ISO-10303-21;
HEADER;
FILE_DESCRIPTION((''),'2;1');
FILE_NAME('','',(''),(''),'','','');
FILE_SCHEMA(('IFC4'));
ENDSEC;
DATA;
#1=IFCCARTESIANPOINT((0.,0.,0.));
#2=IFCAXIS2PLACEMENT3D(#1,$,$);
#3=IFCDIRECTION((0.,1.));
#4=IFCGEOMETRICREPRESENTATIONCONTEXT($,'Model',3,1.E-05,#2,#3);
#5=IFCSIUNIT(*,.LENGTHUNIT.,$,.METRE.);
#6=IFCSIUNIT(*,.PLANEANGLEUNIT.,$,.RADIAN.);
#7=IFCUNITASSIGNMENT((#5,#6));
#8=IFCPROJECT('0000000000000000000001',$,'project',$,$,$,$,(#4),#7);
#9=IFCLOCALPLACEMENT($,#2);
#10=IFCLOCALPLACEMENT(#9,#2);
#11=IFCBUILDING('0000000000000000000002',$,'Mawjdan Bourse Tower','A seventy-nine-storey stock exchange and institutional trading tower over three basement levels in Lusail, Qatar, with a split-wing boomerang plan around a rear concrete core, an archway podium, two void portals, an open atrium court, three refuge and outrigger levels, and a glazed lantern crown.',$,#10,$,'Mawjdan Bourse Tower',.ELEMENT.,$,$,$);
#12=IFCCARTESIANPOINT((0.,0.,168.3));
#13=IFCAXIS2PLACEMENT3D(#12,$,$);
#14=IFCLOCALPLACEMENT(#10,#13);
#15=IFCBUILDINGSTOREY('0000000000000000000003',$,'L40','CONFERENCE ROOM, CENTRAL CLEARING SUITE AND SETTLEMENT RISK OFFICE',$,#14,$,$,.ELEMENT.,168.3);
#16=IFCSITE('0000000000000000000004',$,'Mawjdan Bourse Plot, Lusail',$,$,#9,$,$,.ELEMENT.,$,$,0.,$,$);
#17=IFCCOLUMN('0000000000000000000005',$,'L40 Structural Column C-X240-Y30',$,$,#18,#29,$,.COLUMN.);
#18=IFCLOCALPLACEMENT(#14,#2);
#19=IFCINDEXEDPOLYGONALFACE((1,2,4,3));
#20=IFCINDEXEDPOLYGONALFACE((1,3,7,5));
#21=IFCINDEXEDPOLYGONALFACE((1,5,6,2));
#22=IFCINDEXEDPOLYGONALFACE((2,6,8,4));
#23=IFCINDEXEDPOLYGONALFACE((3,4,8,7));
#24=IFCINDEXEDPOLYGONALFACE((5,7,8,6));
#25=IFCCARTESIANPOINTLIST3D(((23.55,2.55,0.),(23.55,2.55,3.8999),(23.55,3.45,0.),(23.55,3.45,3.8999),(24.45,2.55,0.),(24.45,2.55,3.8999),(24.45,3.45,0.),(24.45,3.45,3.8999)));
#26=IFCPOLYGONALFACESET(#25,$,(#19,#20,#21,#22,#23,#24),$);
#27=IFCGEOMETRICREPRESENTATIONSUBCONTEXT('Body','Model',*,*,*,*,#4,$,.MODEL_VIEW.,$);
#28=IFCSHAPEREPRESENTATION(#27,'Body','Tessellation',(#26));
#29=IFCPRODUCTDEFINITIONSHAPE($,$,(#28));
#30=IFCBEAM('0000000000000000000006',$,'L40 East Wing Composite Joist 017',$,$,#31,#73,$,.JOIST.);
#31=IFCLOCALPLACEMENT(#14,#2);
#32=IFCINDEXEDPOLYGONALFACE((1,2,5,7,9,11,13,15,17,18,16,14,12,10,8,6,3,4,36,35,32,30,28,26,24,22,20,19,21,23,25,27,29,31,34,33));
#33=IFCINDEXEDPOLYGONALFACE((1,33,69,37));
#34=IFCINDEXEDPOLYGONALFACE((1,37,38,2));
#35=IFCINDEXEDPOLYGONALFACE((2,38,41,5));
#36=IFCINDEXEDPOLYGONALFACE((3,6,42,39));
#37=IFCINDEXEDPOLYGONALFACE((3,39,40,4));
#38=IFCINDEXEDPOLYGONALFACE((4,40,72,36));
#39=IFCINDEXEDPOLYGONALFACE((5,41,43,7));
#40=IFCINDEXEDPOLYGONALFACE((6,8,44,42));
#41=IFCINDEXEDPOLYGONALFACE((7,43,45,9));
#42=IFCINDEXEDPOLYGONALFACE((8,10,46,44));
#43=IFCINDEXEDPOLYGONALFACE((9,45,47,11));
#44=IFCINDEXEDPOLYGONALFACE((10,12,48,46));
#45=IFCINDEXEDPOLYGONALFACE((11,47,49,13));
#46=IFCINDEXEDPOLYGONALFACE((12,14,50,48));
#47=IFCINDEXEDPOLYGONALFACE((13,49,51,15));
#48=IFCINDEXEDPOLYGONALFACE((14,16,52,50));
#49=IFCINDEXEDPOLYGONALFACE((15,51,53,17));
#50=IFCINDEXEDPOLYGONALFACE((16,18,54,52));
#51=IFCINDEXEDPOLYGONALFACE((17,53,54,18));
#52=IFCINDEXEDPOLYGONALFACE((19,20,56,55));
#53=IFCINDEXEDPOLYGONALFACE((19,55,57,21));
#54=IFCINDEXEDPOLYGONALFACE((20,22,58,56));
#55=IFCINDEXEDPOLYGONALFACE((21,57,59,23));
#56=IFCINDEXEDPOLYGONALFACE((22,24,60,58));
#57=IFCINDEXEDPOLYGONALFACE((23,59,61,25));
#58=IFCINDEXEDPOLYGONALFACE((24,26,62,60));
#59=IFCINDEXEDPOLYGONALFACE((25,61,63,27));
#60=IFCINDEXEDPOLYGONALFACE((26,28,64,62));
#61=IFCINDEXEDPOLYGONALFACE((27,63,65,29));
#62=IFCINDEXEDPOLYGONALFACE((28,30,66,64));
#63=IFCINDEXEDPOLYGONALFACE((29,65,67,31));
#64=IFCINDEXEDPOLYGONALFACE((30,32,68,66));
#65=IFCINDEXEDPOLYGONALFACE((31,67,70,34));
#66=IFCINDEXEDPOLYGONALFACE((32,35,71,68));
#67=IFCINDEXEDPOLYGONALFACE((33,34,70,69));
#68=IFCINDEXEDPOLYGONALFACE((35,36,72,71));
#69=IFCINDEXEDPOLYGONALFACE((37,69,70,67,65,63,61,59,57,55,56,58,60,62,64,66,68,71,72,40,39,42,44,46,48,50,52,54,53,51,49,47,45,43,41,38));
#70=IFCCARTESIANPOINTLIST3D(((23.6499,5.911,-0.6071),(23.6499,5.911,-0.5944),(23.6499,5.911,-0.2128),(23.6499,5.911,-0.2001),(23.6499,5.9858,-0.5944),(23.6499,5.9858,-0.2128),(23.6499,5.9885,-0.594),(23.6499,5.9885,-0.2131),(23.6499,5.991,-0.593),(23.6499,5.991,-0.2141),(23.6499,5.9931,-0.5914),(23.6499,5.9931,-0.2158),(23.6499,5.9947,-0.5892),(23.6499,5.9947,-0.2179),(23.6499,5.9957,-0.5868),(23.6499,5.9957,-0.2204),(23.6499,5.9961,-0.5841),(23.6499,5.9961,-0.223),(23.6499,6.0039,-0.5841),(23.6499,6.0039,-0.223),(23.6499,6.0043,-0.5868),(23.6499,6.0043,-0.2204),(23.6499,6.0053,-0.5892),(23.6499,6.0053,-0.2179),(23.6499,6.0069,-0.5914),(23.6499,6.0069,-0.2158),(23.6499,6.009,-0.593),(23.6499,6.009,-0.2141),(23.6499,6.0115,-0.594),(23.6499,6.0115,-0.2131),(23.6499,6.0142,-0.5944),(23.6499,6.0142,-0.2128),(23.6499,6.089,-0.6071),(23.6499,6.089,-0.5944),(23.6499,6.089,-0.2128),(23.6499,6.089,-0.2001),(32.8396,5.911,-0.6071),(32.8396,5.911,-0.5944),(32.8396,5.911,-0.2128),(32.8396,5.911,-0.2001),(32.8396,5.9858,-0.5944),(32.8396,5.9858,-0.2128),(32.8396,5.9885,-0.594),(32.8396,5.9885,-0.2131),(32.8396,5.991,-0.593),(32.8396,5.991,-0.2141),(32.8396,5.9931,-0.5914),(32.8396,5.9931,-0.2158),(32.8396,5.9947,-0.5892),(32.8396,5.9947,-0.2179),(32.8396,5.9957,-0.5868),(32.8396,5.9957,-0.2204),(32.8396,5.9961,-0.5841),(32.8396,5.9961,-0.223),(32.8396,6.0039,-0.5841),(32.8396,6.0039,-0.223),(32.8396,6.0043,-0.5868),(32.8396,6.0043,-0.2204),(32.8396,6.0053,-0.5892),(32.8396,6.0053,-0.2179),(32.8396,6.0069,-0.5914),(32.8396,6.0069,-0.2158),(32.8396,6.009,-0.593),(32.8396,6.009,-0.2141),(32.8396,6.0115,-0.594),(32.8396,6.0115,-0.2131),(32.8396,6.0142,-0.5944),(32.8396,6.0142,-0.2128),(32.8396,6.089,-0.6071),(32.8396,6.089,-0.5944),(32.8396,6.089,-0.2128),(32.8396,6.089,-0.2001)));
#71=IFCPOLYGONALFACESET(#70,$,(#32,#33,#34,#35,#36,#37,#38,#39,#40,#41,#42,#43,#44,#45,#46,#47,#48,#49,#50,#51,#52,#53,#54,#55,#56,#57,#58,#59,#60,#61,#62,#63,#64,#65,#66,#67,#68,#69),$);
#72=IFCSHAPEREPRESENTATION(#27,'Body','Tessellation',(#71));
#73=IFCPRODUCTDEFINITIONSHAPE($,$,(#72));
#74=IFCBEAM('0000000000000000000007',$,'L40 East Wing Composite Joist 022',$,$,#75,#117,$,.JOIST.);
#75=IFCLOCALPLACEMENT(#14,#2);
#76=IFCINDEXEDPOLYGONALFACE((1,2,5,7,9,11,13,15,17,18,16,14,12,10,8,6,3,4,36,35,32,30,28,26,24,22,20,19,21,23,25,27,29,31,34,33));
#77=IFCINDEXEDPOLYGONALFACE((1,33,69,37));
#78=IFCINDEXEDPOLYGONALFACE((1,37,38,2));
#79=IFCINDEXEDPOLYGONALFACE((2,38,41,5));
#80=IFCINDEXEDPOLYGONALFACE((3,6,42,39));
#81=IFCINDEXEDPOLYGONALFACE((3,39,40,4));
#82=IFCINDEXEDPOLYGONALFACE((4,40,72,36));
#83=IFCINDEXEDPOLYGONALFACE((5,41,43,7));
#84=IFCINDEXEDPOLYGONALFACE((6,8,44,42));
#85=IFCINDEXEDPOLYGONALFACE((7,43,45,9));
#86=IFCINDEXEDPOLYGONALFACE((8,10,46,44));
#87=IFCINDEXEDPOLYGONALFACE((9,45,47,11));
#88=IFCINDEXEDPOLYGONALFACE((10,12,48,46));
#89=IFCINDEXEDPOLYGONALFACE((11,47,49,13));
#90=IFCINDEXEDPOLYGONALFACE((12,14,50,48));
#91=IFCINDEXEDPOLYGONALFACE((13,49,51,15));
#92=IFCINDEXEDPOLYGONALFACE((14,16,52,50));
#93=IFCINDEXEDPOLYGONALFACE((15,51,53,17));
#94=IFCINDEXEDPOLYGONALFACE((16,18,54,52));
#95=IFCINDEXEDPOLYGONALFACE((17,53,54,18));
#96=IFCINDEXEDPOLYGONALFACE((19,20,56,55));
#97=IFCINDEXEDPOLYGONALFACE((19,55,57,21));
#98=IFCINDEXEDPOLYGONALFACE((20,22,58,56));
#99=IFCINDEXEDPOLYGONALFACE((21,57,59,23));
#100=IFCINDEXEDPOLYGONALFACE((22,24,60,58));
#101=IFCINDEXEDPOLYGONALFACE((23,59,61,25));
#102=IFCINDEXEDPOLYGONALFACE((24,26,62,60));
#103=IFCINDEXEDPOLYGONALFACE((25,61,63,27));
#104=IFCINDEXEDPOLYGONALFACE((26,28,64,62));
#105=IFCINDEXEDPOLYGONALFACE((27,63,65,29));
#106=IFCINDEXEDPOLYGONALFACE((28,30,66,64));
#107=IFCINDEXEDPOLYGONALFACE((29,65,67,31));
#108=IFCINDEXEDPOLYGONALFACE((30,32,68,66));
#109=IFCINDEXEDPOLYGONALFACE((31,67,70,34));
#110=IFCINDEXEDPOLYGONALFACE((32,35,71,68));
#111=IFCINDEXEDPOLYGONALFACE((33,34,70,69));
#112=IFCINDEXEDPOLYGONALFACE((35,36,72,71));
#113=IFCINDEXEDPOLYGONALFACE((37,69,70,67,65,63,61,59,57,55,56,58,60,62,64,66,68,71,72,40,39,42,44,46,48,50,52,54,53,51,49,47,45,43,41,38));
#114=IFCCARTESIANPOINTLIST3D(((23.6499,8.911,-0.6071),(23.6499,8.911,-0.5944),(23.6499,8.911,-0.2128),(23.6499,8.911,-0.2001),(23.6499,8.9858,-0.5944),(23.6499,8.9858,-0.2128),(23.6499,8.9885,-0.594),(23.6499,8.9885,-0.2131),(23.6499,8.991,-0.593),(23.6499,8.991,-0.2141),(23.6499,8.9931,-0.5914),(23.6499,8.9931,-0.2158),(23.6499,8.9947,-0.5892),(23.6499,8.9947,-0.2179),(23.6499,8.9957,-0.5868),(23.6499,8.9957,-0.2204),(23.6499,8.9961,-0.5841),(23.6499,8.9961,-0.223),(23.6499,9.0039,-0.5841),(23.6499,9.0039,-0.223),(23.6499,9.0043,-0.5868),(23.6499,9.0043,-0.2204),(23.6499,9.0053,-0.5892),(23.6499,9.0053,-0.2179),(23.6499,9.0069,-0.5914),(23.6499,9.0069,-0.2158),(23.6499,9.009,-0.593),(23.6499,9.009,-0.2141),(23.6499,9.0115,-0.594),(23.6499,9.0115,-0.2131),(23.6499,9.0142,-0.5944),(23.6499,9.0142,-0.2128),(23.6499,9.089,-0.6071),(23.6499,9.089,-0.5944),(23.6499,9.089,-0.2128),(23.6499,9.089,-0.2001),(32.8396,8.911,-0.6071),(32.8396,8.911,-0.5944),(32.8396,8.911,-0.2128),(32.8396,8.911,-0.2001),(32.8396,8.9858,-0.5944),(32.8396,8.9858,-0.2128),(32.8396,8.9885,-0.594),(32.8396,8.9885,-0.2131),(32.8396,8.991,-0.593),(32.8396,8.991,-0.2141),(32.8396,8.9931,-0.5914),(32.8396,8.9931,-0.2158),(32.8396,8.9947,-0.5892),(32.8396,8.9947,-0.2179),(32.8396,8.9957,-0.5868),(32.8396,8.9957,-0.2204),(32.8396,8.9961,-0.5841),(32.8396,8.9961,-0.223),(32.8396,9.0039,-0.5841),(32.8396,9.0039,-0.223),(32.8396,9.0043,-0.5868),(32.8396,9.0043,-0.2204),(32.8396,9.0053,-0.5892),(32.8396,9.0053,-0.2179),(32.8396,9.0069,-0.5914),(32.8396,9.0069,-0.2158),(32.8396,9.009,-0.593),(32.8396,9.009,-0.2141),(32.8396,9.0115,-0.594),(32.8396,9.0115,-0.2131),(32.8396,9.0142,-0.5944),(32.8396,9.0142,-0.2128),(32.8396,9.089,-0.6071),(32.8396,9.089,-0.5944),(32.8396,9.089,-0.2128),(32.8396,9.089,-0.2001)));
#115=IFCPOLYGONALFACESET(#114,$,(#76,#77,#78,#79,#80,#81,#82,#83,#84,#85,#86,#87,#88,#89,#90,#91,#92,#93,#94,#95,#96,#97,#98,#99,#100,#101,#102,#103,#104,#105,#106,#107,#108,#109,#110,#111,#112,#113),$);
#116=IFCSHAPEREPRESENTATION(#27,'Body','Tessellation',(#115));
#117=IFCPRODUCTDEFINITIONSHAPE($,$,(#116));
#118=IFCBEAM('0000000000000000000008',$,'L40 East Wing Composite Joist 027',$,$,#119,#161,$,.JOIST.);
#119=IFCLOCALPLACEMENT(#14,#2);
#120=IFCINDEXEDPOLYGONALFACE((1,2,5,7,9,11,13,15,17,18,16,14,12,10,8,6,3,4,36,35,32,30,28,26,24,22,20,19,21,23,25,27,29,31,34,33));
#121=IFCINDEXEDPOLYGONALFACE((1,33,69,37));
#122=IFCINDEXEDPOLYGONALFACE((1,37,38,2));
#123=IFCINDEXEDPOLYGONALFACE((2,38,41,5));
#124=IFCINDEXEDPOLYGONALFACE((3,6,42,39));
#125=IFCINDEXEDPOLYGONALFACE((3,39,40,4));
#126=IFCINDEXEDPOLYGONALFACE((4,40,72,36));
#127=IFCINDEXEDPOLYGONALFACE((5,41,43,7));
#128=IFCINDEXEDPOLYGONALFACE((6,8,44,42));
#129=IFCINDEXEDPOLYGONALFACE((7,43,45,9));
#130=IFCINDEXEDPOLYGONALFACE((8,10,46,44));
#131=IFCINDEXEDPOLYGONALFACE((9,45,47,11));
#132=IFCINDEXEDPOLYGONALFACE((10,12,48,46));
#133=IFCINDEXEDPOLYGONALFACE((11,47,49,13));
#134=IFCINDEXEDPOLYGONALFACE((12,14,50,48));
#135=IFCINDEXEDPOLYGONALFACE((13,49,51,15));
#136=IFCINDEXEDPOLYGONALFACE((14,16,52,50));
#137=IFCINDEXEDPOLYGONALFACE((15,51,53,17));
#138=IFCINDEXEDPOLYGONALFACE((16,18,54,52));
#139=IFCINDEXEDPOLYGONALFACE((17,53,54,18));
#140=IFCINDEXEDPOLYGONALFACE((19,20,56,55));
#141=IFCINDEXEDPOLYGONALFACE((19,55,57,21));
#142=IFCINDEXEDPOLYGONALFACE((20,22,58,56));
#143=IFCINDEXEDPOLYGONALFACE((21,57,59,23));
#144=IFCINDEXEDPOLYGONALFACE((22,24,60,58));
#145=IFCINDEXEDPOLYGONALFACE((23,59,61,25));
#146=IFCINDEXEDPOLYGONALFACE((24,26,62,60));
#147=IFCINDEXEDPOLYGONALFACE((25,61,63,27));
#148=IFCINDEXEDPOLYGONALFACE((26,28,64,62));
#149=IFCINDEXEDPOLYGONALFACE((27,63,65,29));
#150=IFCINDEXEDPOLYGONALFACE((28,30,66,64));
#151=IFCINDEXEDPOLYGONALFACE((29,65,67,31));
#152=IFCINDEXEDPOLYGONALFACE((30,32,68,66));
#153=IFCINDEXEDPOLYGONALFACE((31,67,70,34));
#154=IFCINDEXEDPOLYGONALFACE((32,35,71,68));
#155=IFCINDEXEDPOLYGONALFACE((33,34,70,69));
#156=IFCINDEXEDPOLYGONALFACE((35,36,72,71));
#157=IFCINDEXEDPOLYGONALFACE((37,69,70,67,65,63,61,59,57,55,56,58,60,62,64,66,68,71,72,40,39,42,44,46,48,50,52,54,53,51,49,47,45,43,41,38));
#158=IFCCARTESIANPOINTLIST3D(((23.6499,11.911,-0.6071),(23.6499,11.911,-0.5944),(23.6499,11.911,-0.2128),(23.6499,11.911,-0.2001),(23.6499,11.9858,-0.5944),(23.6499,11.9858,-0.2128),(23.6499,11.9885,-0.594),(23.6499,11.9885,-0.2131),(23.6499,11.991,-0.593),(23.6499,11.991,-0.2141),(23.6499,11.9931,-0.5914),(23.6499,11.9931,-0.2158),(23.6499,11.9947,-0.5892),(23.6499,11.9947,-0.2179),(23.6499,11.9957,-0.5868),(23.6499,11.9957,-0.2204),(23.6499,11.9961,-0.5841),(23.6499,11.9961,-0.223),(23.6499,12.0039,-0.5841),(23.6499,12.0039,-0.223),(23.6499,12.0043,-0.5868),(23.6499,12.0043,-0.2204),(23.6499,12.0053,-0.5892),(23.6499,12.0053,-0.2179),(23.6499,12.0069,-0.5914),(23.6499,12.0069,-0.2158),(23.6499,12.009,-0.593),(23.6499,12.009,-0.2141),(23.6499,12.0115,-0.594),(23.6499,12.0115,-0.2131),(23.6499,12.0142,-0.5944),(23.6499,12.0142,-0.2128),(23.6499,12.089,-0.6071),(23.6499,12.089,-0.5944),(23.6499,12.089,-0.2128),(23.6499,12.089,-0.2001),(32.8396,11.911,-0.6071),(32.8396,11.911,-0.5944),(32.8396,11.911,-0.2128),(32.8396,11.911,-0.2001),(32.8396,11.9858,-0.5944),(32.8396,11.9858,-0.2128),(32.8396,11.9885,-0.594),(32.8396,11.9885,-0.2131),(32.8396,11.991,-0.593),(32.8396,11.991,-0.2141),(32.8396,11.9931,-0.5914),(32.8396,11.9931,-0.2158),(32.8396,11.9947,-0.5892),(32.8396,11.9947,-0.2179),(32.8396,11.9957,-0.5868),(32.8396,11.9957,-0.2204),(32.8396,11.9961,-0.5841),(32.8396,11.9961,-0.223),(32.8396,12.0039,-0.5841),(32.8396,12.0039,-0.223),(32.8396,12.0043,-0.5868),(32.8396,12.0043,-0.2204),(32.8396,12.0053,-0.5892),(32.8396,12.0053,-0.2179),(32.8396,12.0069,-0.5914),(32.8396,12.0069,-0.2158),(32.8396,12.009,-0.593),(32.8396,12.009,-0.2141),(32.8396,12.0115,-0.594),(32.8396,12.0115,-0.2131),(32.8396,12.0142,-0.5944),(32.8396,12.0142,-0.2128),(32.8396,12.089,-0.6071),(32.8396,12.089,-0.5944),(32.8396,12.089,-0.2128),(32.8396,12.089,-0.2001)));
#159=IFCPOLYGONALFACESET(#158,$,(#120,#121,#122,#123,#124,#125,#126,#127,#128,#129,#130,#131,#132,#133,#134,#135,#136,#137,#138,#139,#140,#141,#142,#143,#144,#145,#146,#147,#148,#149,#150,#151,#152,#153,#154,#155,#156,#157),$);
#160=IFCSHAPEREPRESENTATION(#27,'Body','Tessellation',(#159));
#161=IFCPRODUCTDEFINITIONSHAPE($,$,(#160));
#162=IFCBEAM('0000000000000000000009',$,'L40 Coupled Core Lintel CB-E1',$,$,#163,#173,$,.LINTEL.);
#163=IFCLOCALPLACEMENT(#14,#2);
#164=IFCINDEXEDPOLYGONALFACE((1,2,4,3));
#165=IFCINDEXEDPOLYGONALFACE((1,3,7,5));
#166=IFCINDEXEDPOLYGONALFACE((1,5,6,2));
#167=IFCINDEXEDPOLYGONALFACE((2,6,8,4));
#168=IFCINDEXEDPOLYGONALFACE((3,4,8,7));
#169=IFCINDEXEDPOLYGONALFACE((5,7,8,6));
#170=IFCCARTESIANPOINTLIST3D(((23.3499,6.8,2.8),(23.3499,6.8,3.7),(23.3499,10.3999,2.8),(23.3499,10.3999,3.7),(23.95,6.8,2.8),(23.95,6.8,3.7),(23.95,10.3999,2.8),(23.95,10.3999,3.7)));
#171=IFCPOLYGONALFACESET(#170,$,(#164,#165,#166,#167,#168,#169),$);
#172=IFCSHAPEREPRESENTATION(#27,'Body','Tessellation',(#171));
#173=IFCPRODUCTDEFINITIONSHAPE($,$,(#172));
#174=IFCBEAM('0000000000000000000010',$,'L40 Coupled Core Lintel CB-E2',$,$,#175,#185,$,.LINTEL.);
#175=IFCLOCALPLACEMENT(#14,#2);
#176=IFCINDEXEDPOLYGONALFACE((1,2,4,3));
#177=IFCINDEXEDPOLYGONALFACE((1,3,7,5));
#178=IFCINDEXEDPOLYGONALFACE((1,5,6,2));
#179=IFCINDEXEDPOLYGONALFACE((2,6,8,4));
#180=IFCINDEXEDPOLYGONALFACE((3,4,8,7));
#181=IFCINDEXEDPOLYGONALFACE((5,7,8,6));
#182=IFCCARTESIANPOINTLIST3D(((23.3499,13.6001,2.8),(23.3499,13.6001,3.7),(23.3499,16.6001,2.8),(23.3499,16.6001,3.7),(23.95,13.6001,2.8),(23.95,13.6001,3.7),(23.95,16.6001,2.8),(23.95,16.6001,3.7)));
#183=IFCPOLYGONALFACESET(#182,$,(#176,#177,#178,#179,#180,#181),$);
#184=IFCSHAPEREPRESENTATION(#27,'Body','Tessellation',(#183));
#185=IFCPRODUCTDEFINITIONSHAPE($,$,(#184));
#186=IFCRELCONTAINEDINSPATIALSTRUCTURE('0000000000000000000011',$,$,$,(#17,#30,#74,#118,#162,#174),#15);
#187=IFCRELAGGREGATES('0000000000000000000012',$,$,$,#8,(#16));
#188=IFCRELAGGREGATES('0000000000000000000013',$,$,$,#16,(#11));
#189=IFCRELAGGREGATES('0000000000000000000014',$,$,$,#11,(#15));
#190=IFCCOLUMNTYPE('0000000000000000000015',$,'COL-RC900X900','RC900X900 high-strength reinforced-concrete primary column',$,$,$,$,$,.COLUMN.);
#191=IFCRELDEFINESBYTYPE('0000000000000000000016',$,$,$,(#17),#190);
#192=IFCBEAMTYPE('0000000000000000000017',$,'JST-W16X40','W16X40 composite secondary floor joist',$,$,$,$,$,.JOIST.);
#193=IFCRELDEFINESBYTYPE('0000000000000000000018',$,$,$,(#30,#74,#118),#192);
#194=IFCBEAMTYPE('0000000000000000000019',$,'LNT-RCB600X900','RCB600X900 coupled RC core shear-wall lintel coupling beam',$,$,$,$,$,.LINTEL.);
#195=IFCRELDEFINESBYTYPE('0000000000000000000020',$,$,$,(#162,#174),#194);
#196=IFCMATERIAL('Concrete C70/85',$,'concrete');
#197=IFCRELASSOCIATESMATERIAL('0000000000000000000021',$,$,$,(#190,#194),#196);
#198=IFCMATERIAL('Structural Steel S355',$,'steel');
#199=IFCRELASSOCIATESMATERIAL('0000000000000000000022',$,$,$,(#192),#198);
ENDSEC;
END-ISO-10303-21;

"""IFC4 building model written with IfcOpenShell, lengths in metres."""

from ifc_helpers import new_model, si_unit, direction, frame, origin, origin_2d, place, context, subcontext, project, spatial, rectangle, i_section, extrude, material, material_profile, profile_set, type_object, element, save


model = new_model("IFC4")

# Units and contexts
model_context = context("Model", 3, precision=1e-05, world=origin(), true_north=direction((0.0, 1.0)))
body_context = subcontext(model_context, "Body", "Model", "MODEL_VIEW")
ifc_project = project(units=[si_unit("LENGTHUNIT", "METRE"), si_unit("PLANEANGLEUNIT", "RADIAN")], contexts=[model_context])

# Site, building, storey
site_placement = place(None, origin())
site = spatial("IfcSite", under=ifc_project, at=site_placement, Name="Mawjdan Bourse Plot, Lusail", CompositionType="ELEMENT", RefElevation=0.0)
building_placement = place(site_placement, origin())
building = spatial("IfcBuilding", under=site, at=building_placement, Name="Mawjdan Bourse Tower", Description="A seventy-nine-storey stock exchange and institutional trading tower over three basement levels in Lusail, Qatar, with a split-wing boomerang plan around a rear concrete core, an archway podium, two void portals, an open atrium court, three refuge and outrigger levels, and a glazed lantern crown.", LongName="Mawjdan Bourse Tower", CompositionType="ELEMENT")
storey_placement = place(building_placement, frame((0.0, 0.0, 168.3)))
storey = spatial("IfcBuildingStorey", under=building, at=storey_placement, Name="L40", Description="CONFERENCE ROOM, CENTRAL CLEARING SUITE AND SETTLEMENT RISK OFFICE", CompositionType="ELEMENT", Elevation=168.3)

# Column
ifc_material_1 = material(Name="Concrete C70/85", Category="concrete")
ifc_material_profile_1 = material_profile(ifc_material_1, rectangle(XDim=0.8999, YDim=0.8999, at=origin_2d()), Name="RC900X900")
ifc_profile_set_1 = profile_set([ifc_material_profile_1], Name="Concrete C70/85")
column_type = type_object("IfcColumnType", Name="COL-RC900X900", Description="RC900X900 high-strength reinforced-concrete primary column", PredefinedType="COLUMN", material=ifc_profile_set_1)
column_placement = place(storey_placement, frame((24.0, 3.0, 0.0), z_axis=(0.0, 0.0, 1.0), x_axis=(1.0, 0.0, 0.0)))
element("IfcColumn", 1, at=column_placement, inside=storey, type_object=column_type, Name="L40 Structural Column C-X240-Y30", PredefinedType="COLUMN", context=body_context, shape_type="SweptSolid", body=[
    extrude(rectangle(XDim=0.8999, YDim=0.8999, at=origin_2d()), origin(), (0.0, 0.0, 1.0), 3.8999),
])

# Beams
ifc_material_2 = material(Name="Structural Steel S355", Category="steel")
ifc_material_profile_2 = material_profile(ifc_material_2, i_section(OverallWidth=0.178, OverallDepth=0.407, WebThickness=0.0078, FlangeThickness=0.0127, FilletRadius=0.0103, at=origin_2d()), Name="W16X40")
ifc_profile_set_2 = profile_set([ifc_material_profile_2], Name="Structural Steel S355")
beam_type_1 = type_object("IfcBeamType", Name="JST-W16X40", Description="W16X40 composite secondary floor joist", PredefinedType="JOIST", material=ifc_profile_set_2)
for number, where, z_axis, x_axis, name in (
    (2, (23.6499, 6.0, -0.4036), (1.0, 0.0, 0.0), (0.0, 1.0, 0.0), "L40 East Wing Composite Joist 017"),
    (3, (23.6499, 9.0, -0.4036), (1.0, 0.0, 0.0), (0.0, 1.0, 0.0), "L40 East Wing Composite Joist 022"),
    (4, (23.6499, 12.0, -0.4036), (1.0, 0.0, 0.0), (0.0, 1.0, 0.0), "L40 East Wing Composite Joist 027"),
):
    element("IfcBeam", number, at=place(storey_placement, frame(where, z_axis=z_axis, x_axis=x_axis)), inside=storey, type_object=beam_type_1, Name=name, PredefinedType="JOIST", context=body_context, shape_type="SweptSolid", body=[
        extrude(i_section(OverallWidth=0.178, OverallDepth=0.407, WebThickness=0.0078, FlangeThickness=0.0127, FilletRadius=0.0103, at=origin_2d()), origin(), (0.0, 0.0, 1.0), 9.1897),
    ])
ifc_material_profile_3 = material_profile(ifc_material_1, rectangle(XDim=0.6001, YDim=0.8999, at=origin_2d()), Name="RCB600X900")
ifc_profile_set_3 = profile_set([ifc_material_profile_3], Name="Concrete C70/85")
beam_type_2 = type_object("IfcBeamType", Name="LNT-RCB600X900", Description="RCB600X900 coupled RC core shear-wall lintel coupling beam", PredefinedType="LINTEL", material=ifc_profile_set_3)
beam_1_placement = place(storey_placement, frame((23.6499, 6.8, 3.25), z_axis=(0.0, 1.0, 0.0), x_axis=(-1.0, 0.0, 0.0)))
element("IfcBeam", 5, at=beam_1_placement, inside=storey, type_object=beam_type_2, Name="L40 Coupled Core Lintel CB-E1", PredefinedType="LINTEL", context=body_context, shape_type="SweptSolid", body=[
    extrude(rectangle(XDim=0.6001, YDim=0.8999, at=origin_2d()), origin(), (0.0, 0.0, 1.0), 3.5999),
])
beam_2_placement = place(storey_placement, frame((23.6499, 13.6001, 3.25), z_axis=(0.0, 1.0, 0.0), x_axis=(-1.0, 0.0, 0.0)))
element("IfcBeam", 6, at=beam_2_placement, inside=storey, type_object=beam_type_2, Name="L40 Coupled Core Lintel CB-E2", PredefinedType="LINTEL", context=body_context, shape_type="SweptSolid", body=[
    extrude(rectangle(XDim=0.6001, YDim=0.8999, at=origin_2d()), origin(), (0.0, 0.0, 1.0), 3.0),
])

save(model, "model.ifc")
